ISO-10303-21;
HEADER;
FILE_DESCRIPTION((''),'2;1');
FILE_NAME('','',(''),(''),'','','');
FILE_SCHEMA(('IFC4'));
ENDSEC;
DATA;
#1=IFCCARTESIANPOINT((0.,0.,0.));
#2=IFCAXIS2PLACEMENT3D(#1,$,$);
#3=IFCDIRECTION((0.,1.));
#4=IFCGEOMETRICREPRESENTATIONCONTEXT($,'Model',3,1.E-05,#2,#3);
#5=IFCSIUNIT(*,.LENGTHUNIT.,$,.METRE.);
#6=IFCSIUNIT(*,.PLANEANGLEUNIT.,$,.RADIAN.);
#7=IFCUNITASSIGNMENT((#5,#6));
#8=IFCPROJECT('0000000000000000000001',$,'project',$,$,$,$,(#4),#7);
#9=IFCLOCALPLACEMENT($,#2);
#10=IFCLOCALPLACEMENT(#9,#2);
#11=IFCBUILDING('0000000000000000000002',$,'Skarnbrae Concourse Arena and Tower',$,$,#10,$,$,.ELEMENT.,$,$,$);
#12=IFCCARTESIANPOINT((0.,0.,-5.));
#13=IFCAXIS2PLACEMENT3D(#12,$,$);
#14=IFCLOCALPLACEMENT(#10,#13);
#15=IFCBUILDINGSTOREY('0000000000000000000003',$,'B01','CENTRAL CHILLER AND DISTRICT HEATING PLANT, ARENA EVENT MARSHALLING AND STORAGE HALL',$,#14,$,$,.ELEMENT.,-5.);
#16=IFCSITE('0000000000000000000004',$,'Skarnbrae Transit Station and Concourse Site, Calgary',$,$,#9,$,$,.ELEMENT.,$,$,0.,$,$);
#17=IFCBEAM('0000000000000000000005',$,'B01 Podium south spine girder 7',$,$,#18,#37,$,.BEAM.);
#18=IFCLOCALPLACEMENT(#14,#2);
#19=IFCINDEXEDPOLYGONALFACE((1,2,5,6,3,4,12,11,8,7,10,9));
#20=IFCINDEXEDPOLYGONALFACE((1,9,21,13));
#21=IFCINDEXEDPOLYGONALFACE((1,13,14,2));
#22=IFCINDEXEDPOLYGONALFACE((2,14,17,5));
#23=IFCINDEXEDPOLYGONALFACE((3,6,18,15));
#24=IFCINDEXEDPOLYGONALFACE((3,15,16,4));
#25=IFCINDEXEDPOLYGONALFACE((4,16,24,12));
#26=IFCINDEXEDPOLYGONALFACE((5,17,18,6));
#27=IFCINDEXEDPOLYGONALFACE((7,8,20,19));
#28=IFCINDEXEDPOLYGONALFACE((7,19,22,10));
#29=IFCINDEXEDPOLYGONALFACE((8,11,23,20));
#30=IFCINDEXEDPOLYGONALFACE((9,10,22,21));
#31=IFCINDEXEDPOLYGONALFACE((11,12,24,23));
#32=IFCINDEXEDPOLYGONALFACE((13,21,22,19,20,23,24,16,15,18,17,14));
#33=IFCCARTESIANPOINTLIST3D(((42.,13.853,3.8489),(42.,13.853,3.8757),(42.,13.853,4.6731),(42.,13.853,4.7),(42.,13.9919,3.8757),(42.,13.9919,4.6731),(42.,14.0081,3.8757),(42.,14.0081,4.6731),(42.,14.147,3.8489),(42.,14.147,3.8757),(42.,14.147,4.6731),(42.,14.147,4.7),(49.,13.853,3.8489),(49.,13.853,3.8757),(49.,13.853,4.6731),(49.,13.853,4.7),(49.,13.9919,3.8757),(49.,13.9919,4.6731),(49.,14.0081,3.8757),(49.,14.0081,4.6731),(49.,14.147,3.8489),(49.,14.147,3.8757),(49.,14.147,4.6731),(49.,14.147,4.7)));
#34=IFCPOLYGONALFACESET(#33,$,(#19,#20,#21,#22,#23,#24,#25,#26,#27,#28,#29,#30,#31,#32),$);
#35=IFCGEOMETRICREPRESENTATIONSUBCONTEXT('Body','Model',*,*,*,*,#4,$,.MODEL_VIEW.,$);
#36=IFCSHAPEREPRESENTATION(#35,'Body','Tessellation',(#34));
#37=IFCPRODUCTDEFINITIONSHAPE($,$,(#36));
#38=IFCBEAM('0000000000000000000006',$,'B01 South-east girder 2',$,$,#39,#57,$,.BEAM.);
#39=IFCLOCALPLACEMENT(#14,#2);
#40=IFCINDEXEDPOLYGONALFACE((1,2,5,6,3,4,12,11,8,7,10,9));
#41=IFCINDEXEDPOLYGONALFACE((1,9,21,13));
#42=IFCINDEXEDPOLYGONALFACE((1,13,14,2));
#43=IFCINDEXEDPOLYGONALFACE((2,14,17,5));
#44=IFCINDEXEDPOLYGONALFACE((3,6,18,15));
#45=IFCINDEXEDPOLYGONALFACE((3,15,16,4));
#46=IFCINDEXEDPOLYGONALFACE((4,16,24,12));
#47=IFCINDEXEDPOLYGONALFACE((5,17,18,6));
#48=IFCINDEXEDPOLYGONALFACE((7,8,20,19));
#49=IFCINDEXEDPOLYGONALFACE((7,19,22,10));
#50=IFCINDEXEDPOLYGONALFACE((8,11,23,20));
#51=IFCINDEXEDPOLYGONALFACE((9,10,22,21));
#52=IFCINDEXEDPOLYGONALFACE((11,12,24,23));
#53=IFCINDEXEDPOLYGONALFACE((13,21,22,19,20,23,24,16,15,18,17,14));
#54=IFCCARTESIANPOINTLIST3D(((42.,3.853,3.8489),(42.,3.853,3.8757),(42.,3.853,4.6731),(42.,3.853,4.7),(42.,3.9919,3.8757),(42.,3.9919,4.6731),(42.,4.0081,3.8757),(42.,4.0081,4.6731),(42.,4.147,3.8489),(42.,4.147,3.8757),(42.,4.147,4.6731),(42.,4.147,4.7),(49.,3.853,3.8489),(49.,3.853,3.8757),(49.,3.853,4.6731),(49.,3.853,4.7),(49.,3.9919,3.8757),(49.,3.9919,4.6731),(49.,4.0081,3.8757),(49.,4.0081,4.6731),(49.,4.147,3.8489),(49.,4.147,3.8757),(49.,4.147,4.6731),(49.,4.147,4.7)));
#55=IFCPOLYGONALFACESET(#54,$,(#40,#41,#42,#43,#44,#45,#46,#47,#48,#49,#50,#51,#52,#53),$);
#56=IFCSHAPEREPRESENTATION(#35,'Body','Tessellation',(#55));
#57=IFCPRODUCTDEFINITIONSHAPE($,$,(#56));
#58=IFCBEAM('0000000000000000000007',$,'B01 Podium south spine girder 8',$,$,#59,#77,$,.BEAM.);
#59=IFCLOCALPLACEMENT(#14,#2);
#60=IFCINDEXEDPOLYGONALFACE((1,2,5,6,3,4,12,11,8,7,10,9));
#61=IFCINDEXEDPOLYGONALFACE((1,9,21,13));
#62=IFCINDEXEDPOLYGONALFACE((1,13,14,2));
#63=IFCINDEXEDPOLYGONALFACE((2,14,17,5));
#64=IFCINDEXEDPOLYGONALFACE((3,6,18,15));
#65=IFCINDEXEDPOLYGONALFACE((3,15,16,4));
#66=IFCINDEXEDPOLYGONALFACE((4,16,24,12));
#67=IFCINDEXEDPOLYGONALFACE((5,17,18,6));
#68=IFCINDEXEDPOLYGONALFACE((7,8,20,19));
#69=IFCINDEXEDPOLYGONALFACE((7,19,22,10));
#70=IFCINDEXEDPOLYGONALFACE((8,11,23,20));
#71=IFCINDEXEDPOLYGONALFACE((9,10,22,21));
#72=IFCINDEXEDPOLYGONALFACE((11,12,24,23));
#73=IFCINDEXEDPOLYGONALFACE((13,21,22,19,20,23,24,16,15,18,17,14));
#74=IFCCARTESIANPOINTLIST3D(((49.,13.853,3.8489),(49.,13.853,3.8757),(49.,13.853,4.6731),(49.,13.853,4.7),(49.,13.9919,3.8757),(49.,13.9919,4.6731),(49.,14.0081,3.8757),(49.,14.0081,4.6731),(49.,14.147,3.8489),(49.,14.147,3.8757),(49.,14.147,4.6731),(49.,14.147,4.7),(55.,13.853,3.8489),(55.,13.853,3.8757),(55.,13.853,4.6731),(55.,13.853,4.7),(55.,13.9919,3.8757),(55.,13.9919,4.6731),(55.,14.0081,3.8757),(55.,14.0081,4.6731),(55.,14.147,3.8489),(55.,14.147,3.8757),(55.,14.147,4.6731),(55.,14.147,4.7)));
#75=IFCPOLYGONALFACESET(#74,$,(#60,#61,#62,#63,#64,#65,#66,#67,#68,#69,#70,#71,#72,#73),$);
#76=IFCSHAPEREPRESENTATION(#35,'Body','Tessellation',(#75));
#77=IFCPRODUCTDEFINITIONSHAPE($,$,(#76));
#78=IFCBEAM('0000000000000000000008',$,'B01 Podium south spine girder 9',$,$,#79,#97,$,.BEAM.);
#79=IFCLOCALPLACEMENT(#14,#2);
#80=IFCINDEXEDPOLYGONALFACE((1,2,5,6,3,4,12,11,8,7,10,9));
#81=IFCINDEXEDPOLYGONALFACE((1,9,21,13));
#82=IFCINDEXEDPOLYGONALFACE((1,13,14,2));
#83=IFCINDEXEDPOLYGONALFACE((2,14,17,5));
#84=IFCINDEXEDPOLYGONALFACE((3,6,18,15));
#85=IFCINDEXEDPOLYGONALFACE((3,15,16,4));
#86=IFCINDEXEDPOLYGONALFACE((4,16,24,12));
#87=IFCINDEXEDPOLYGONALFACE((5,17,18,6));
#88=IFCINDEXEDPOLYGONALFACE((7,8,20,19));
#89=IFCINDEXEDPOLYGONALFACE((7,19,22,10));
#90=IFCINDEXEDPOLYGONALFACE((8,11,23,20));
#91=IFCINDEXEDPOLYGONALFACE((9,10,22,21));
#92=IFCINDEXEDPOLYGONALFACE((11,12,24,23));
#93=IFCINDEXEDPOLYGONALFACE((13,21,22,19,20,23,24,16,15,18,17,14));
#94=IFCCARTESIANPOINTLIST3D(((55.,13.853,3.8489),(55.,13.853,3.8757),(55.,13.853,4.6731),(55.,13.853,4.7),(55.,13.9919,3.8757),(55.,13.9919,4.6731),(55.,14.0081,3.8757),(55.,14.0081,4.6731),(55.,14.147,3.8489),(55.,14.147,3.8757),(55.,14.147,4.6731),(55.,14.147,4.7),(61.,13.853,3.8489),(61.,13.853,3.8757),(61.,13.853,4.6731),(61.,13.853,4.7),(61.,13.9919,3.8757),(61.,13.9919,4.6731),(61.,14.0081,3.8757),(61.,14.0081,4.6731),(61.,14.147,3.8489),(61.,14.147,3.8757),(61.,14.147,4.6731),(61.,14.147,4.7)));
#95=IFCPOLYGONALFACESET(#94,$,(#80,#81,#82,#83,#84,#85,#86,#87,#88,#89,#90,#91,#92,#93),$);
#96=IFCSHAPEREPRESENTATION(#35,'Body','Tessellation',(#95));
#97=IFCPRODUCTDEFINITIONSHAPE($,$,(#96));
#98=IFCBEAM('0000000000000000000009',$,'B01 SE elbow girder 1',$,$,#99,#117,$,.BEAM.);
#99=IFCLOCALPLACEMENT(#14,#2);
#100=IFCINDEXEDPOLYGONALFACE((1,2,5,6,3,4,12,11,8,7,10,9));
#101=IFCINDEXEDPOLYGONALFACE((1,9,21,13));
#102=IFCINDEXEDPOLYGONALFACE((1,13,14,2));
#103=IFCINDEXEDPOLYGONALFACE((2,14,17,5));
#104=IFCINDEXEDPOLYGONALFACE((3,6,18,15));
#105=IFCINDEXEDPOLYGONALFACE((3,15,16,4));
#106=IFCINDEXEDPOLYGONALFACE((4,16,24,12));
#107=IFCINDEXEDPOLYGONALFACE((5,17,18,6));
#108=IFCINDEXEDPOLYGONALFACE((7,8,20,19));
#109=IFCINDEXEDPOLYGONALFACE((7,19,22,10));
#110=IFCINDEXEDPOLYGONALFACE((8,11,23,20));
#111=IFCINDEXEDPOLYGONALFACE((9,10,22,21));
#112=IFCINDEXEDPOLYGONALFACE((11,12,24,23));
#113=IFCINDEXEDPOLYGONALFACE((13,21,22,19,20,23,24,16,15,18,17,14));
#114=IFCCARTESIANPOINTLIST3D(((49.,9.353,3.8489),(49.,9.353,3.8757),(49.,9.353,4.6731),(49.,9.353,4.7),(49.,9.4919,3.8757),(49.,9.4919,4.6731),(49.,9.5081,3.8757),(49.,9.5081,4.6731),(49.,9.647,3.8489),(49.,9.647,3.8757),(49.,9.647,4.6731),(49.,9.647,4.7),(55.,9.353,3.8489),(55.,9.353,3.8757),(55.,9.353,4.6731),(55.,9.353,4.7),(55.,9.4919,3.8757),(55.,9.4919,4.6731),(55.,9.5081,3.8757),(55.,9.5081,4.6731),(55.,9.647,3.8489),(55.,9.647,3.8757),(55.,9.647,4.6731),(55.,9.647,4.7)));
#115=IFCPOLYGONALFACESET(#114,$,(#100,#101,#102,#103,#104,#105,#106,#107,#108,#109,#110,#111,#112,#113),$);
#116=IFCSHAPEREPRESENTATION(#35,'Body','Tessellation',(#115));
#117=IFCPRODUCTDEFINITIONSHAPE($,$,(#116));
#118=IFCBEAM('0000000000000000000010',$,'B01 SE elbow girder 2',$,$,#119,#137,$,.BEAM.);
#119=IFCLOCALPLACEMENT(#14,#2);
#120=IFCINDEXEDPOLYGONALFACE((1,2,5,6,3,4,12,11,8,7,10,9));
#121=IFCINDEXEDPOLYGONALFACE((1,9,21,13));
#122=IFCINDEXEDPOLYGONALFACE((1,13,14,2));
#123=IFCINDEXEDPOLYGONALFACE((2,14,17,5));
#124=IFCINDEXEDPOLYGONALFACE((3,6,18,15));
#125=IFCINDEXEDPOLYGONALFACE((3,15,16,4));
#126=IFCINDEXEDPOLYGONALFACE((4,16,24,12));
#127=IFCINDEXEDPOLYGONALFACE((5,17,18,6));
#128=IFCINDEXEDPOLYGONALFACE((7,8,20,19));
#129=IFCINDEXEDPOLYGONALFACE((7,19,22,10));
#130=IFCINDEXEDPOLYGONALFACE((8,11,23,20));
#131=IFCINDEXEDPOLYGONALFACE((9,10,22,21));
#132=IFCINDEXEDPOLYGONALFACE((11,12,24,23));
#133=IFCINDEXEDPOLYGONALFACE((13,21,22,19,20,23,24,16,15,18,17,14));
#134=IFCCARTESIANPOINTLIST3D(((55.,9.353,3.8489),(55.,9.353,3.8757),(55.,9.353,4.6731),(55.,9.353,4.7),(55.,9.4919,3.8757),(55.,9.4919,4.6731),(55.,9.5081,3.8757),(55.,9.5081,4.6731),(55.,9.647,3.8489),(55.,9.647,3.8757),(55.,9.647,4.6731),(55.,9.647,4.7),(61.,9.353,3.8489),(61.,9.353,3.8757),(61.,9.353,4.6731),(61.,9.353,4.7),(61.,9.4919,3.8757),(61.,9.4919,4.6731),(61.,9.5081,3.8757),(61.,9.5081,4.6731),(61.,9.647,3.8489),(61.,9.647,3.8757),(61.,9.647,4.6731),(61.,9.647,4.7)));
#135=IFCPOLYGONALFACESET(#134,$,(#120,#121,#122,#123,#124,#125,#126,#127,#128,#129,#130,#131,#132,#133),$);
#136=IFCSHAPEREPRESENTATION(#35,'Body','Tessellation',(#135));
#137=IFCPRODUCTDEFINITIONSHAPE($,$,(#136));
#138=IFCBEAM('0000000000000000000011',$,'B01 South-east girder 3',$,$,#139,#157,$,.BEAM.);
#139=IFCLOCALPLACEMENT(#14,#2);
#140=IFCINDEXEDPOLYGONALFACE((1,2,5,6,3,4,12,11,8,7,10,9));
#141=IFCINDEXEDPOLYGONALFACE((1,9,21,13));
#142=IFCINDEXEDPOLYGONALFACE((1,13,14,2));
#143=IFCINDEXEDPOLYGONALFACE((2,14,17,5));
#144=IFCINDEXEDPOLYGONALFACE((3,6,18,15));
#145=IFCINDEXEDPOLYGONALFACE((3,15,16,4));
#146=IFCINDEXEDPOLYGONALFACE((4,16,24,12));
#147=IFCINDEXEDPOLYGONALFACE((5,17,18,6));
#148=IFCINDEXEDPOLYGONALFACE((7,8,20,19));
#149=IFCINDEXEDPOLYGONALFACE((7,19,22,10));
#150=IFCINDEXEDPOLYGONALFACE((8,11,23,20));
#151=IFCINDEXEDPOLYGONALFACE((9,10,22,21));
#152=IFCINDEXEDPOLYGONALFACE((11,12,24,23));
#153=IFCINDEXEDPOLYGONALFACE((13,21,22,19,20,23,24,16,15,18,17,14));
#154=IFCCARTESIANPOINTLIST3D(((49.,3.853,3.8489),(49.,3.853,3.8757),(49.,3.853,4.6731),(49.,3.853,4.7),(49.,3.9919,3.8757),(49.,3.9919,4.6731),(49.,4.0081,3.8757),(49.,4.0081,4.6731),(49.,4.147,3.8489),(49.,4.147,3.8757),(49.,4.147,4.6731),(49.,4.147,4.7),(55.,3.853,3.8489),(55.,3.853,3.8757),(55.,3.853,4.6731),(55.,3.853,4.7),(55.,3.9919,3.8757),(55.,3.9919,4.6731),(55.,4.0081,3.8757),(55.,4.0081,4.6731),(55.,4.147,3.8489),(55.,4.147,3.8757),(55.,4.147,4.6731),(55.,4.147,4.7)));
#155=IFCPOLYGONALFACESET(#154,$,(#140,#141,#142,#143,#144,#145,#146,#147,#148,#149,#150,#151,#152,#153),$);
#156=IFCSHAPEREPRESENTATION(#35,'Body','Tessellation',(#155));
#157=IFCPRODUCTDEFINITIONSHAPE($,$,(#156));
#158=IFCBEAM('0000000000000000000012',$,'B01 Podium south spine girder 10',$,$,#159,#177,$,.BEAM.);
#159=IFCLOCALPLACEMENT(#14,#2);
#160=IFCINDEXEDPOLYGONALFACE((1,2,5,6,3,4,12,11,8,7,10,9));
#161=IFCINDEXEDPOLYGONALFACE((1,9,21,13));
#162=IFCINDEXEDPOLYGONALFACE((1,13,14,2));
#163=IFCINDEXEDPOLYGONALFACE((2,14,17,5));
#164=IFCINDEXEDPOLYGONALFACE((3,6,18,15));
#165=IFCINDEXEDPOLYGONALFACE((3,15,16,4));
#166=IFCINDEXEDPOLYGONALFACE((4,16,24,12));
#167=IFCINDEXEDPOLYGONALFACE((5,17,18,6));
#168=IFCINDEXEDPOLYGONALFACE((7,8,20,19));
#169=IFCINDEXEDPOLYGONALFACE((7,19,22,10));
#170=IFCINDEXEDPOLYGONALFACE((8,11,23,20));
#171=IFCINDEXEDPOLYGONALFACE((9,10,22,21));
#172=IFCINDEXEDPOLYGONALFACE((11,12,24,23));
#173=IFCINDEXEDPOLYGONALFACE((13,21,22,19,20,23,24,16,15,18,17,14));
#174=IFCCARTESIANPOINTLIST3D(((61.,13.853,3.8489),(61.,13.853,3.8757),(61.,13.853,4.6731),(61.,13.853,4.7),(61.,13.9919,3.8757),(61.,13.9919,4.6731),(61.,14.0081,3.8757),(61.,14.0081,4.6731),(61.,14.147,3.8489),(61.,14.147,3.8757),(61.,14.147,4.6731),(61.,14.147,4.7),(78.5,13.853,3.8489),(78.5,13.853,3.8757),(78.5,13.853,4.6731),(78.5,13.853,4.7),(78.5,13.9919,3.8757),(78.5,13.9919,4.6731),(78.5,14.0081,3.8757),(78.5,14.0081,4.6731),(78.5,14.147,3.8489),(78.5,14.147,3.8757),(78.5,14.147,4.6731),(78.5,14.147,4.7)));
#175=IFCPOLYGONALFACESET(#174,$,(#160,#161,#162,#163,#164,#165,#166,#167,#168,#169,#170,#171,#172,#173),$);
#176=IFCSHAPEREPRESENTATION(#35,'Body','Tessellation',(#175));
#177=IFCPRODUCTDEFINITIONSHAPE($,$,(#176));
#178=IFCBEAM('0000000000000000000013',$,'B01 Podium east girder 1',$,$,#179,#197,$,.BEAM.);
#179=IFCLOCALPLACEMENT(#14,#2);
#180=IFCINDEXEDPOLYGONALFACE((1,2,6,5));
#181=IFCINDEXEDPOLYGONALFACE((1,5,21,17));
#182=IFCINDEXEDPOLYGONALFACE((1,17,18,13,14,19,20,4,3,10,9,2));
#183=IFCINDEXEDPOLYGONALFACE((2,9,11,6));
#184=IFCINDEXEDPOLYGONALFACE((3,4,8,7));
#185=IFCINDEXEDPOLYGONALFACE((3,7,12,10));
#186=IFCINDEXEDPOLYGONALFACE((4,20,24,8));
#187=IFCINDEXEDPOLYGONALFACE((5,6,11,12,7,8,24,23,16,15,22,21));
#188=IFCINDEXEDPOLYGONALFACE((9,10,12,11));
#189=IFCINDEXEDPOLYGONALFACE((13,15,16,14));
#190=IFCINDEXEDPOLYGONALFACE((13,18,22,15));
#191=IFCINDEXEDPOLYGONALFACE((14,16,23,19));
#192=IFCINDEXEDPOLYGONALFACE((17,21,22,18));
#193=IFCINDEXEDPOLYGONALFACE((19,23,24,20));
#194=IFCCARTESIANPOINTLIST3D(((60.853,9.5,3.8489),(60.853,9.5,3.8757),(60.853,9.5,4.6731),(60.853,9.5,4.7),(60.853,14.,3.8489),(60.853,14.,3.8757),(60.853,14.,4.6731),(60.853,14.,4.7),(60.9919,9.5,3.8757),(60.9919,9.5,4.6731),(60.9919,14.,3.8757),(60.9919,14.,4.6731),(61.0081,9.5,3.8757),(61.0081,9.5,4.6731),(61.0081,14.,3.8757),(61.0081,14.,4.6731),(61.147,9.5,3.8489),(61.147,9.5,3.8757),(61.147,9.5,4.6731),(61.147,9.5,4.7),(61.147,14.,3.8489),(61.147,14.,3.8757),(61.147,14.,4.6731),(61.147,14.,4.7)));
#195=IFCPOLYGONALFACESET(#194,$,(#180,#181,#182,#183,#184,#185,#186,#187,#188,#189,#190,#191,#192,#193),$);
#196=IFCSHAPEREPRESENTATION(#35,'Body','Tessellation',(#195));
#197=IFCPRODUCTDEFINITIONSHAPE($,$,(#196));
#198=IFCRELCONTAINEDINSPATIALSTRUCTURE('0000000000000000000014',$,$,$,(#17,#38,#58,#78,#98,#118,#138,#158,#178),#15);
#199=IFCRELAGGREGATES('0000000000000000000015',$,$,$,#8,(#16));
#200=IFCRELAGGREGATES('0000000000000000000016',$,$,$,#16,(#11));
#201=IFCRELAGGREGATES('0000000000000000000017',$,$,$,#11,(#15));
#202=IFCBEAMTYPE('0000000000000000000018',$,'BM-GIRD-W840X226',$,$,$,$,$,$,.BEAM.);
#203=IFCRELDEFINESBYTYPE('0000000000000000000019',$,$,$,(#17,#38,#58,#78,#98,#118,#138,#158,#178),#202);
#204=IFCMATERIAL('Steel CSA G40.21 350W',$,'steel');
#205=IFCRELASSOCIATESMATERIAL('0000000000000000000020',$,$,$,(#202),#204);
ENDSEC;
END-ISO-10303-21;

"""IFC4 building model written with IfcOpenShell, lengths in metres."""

from ifc_helpers import new_model, si_unit, direction, frame, origin, origin_2d, place, context, subcontext, project, spatial, i_section, extrude, source, transform, mapped, material, material_profile, profile_set, type_object, element, save


model = new_model("IFC4")

# Units and contexts
model_context = context("Model", 3, precision=1e-05, world=origin(), true_north=direction((0.0, 1.0)))
body_context = subcontext(model_context, "Body", "Model", "MODEL_VIEW")
ifc_project = project(units=[si_unit("LENGTHUNIT", "METRE"), si_unit("PLANEANGLEUNIT", "RADIAN")], contexts=[model_context])

# Site, building, storey
site_placement = place(None, origin())
site = spatial("IfcSite", under=ifc_project, at=site_placement, Name="Skarnbrae Transit Station and Concourse Site, Calgary", CompositionType="ELEMENT", RefElevation=0.0)
building_placement = place(site_placement, origin())
building = spatial("IfcBuilding", under=site, at=building_placement, Name="Skarnbrae Concourse Arena and Tower", CompositionType="ELEMENT")
storey_placement = place(building_placement, frame((0.0, 0.0, -5.0)))
storey = spatial("IfcBuildingStorey", under=building, at=storey_placement, Name="B01", Description="CENTRAL CHILLER AND DISTRICT HEATING PLANT, ARENA EVENT MARSHALLING AND STORAGE HALL", CompositionType="ELEMENT", Elevation=-5.0)

# Shared definitions
ifc_material_1 = material(Name="Steel CSA G40.21 350W", Category="steel")

# Beams
ifc_material_profile_1 = material_profile(ifc_material_1, i_section(OverallWidth=0.2939, OverallDepth=0.8511, WebThickness=0.0161, FlangeThickness=0.0269, at=origin_2d()), Name="W840X226")
ifc_profile_set_1 = profile_set([ifc_material_profile_1], Name="Steel CSA G40.21 350W")
beam_type_1 = type_object("IfcBeamType", Name="BM-GIRD-W840X226", PredefinedType="BEAM", material=ifc_profile_set_1)
shared_shape_1 = source(origin(), body_context, "Body", "SweptSolid", [
    extrude(i_section(OverallWidth=0.2939, OverallDepth=0.8511, WebThickness=0.0161, FlangeThickness=0.0269, at=origin_2d()), origin(), (0.0, 0.0, 1.0), 7.0),
])
for number, where, z_axis, x_axis, name in (
    (1, (42.0, 14.0, 4.2744), (1.0, 0.0, 0.0), (0.0, 1.0, 0.0), "B01 Podium south spine girder 7"),
    (2, (42.0, 4.0, 4.2744), (1.0, 0.0, 0.0), (0.0, 1.0, 0.0), "B01 South-east girder 2"),
):
    element("IfcBeam", number, at=place(storey_placement, frame(where, z_axis=z_axis, x_axis=x_axis)), inside=storey, type_object=beam_type_1, Name=name, PredefinedType="BEAM", context=body_context, shape_type="MappedRepresentation", body=[
        mapped(shared_shape_1, transform((0.0, 0.0, 0.0))),
    ])
shared_shape_2 = source(origin(), body_context, "Body", "SweptSolid", [
    extrude(i_section(OverallWidth=0.2939, OverallDepth=0.8511, WebThickness=0.0161, FlangeThickness=0.0269, at=origin_2d()), origin(), (0.0, 0.0, 1.0), 6.0),
])
for number, where, z_axis, x_axis, name in (
    (3, (49.0, 14.0, 4.2744), (1.0, 0.0, 0.0), (0.0, 1.0, 0.0), "B01 Podium south spine girder 8"),
    (4, (55.0, 14.0, 4.2744), (1.0, 0.0, 0.0), (0.0, 1.0, 0.0), "B01 Podium south spine girder 9"),
    (5, (49.0, 9.5, 4.2744), (1.0, 0.0, 0.0), (0.0, 1.0, 0.0), "B01 SE elbow girder 1"),
    (6, (55.0, 9.5, 4.2744), (1.0, 0.0, 0.0), (0.0, 1.0, 0.0), "B01 SE elbow girder 2"),
    (7, (49.0, 4.0, 4.2744), (1.0, 0.0, 0.0), (0.0, 1.0, 0.0), "B01 South-east girder 3"),
):
    element("IfcBeam", number, at=place(storey_placement, frame(where, z_axis=z_axis, x_axis=x_axis)), inside=storey, type_object=beam_type_1, Name=name, PredefinedType="BEAM", context=body_context, shape_type="MappedRepresentation", body=[
        mapped(shared_shape_2, transform((0.0, 0.0, 0.0))),
    ])
shared_shape_3 = source(origin(), body_context, "Body", "SweptSolid", [
    extrude(i_section(OverallWidth=0.2939, OverallDepth=0.8511, WebThickness=0.0161, FlangeThickness=0.0269, at=origin_2d()), origin(), (0.0, 0.0, 1.0), 17.5),
])
beam_1_placement = place(storey_placement, frame((61.0, 14.0, 4.2744), z_axis=(1.0, 0.0, 0.0), x_axis=(0.0, 1.0, 0.0)))
element("IfcBeam", 8, at=beam_1_placement, inside=storey, type_object=beam_type_1, Name="B01 Podium south spine girder 10", PredefinedType="BEAM", context=body_context, shape_type="MappedRepresentation", body=[
    mapped(shared_shape_3, transform((0.0, 0.0, 0.0))),
])
shared_shape_4 = source(origin(), body_context, "Body", "SweptSolid", [
    extrude(i_section(OverallWidth=0.2939, OverallDepth=0.8511, WebThickness=0.0161, FlangeThickness=0.0269, at=origin_2d()), origin(), (0.0, 0.0, 1.0), 4.5),
])
for number, where, z_axis, x_axis, name in (
    (9, (61.0, 9.5, 4.2744), (0.0, 1.0, 0.0), (-1.0, 0.0, 0.0), "B01 Podium east girder 1"),
):
    element("IfcBeam", number, at=place(storey_placement, frame(where, z_axis=z_axis, x_axis=x_axis)), inside=storey, type_object=beam_type_1, Name=name, PredefinedType="BEAM", context=body_context, shape_type="MappedRepresentation", body=[
        mapped(shared_shape_4, transform((0.0, 0.0, 0.0))),
    ])

save(model, "model.ifc")
